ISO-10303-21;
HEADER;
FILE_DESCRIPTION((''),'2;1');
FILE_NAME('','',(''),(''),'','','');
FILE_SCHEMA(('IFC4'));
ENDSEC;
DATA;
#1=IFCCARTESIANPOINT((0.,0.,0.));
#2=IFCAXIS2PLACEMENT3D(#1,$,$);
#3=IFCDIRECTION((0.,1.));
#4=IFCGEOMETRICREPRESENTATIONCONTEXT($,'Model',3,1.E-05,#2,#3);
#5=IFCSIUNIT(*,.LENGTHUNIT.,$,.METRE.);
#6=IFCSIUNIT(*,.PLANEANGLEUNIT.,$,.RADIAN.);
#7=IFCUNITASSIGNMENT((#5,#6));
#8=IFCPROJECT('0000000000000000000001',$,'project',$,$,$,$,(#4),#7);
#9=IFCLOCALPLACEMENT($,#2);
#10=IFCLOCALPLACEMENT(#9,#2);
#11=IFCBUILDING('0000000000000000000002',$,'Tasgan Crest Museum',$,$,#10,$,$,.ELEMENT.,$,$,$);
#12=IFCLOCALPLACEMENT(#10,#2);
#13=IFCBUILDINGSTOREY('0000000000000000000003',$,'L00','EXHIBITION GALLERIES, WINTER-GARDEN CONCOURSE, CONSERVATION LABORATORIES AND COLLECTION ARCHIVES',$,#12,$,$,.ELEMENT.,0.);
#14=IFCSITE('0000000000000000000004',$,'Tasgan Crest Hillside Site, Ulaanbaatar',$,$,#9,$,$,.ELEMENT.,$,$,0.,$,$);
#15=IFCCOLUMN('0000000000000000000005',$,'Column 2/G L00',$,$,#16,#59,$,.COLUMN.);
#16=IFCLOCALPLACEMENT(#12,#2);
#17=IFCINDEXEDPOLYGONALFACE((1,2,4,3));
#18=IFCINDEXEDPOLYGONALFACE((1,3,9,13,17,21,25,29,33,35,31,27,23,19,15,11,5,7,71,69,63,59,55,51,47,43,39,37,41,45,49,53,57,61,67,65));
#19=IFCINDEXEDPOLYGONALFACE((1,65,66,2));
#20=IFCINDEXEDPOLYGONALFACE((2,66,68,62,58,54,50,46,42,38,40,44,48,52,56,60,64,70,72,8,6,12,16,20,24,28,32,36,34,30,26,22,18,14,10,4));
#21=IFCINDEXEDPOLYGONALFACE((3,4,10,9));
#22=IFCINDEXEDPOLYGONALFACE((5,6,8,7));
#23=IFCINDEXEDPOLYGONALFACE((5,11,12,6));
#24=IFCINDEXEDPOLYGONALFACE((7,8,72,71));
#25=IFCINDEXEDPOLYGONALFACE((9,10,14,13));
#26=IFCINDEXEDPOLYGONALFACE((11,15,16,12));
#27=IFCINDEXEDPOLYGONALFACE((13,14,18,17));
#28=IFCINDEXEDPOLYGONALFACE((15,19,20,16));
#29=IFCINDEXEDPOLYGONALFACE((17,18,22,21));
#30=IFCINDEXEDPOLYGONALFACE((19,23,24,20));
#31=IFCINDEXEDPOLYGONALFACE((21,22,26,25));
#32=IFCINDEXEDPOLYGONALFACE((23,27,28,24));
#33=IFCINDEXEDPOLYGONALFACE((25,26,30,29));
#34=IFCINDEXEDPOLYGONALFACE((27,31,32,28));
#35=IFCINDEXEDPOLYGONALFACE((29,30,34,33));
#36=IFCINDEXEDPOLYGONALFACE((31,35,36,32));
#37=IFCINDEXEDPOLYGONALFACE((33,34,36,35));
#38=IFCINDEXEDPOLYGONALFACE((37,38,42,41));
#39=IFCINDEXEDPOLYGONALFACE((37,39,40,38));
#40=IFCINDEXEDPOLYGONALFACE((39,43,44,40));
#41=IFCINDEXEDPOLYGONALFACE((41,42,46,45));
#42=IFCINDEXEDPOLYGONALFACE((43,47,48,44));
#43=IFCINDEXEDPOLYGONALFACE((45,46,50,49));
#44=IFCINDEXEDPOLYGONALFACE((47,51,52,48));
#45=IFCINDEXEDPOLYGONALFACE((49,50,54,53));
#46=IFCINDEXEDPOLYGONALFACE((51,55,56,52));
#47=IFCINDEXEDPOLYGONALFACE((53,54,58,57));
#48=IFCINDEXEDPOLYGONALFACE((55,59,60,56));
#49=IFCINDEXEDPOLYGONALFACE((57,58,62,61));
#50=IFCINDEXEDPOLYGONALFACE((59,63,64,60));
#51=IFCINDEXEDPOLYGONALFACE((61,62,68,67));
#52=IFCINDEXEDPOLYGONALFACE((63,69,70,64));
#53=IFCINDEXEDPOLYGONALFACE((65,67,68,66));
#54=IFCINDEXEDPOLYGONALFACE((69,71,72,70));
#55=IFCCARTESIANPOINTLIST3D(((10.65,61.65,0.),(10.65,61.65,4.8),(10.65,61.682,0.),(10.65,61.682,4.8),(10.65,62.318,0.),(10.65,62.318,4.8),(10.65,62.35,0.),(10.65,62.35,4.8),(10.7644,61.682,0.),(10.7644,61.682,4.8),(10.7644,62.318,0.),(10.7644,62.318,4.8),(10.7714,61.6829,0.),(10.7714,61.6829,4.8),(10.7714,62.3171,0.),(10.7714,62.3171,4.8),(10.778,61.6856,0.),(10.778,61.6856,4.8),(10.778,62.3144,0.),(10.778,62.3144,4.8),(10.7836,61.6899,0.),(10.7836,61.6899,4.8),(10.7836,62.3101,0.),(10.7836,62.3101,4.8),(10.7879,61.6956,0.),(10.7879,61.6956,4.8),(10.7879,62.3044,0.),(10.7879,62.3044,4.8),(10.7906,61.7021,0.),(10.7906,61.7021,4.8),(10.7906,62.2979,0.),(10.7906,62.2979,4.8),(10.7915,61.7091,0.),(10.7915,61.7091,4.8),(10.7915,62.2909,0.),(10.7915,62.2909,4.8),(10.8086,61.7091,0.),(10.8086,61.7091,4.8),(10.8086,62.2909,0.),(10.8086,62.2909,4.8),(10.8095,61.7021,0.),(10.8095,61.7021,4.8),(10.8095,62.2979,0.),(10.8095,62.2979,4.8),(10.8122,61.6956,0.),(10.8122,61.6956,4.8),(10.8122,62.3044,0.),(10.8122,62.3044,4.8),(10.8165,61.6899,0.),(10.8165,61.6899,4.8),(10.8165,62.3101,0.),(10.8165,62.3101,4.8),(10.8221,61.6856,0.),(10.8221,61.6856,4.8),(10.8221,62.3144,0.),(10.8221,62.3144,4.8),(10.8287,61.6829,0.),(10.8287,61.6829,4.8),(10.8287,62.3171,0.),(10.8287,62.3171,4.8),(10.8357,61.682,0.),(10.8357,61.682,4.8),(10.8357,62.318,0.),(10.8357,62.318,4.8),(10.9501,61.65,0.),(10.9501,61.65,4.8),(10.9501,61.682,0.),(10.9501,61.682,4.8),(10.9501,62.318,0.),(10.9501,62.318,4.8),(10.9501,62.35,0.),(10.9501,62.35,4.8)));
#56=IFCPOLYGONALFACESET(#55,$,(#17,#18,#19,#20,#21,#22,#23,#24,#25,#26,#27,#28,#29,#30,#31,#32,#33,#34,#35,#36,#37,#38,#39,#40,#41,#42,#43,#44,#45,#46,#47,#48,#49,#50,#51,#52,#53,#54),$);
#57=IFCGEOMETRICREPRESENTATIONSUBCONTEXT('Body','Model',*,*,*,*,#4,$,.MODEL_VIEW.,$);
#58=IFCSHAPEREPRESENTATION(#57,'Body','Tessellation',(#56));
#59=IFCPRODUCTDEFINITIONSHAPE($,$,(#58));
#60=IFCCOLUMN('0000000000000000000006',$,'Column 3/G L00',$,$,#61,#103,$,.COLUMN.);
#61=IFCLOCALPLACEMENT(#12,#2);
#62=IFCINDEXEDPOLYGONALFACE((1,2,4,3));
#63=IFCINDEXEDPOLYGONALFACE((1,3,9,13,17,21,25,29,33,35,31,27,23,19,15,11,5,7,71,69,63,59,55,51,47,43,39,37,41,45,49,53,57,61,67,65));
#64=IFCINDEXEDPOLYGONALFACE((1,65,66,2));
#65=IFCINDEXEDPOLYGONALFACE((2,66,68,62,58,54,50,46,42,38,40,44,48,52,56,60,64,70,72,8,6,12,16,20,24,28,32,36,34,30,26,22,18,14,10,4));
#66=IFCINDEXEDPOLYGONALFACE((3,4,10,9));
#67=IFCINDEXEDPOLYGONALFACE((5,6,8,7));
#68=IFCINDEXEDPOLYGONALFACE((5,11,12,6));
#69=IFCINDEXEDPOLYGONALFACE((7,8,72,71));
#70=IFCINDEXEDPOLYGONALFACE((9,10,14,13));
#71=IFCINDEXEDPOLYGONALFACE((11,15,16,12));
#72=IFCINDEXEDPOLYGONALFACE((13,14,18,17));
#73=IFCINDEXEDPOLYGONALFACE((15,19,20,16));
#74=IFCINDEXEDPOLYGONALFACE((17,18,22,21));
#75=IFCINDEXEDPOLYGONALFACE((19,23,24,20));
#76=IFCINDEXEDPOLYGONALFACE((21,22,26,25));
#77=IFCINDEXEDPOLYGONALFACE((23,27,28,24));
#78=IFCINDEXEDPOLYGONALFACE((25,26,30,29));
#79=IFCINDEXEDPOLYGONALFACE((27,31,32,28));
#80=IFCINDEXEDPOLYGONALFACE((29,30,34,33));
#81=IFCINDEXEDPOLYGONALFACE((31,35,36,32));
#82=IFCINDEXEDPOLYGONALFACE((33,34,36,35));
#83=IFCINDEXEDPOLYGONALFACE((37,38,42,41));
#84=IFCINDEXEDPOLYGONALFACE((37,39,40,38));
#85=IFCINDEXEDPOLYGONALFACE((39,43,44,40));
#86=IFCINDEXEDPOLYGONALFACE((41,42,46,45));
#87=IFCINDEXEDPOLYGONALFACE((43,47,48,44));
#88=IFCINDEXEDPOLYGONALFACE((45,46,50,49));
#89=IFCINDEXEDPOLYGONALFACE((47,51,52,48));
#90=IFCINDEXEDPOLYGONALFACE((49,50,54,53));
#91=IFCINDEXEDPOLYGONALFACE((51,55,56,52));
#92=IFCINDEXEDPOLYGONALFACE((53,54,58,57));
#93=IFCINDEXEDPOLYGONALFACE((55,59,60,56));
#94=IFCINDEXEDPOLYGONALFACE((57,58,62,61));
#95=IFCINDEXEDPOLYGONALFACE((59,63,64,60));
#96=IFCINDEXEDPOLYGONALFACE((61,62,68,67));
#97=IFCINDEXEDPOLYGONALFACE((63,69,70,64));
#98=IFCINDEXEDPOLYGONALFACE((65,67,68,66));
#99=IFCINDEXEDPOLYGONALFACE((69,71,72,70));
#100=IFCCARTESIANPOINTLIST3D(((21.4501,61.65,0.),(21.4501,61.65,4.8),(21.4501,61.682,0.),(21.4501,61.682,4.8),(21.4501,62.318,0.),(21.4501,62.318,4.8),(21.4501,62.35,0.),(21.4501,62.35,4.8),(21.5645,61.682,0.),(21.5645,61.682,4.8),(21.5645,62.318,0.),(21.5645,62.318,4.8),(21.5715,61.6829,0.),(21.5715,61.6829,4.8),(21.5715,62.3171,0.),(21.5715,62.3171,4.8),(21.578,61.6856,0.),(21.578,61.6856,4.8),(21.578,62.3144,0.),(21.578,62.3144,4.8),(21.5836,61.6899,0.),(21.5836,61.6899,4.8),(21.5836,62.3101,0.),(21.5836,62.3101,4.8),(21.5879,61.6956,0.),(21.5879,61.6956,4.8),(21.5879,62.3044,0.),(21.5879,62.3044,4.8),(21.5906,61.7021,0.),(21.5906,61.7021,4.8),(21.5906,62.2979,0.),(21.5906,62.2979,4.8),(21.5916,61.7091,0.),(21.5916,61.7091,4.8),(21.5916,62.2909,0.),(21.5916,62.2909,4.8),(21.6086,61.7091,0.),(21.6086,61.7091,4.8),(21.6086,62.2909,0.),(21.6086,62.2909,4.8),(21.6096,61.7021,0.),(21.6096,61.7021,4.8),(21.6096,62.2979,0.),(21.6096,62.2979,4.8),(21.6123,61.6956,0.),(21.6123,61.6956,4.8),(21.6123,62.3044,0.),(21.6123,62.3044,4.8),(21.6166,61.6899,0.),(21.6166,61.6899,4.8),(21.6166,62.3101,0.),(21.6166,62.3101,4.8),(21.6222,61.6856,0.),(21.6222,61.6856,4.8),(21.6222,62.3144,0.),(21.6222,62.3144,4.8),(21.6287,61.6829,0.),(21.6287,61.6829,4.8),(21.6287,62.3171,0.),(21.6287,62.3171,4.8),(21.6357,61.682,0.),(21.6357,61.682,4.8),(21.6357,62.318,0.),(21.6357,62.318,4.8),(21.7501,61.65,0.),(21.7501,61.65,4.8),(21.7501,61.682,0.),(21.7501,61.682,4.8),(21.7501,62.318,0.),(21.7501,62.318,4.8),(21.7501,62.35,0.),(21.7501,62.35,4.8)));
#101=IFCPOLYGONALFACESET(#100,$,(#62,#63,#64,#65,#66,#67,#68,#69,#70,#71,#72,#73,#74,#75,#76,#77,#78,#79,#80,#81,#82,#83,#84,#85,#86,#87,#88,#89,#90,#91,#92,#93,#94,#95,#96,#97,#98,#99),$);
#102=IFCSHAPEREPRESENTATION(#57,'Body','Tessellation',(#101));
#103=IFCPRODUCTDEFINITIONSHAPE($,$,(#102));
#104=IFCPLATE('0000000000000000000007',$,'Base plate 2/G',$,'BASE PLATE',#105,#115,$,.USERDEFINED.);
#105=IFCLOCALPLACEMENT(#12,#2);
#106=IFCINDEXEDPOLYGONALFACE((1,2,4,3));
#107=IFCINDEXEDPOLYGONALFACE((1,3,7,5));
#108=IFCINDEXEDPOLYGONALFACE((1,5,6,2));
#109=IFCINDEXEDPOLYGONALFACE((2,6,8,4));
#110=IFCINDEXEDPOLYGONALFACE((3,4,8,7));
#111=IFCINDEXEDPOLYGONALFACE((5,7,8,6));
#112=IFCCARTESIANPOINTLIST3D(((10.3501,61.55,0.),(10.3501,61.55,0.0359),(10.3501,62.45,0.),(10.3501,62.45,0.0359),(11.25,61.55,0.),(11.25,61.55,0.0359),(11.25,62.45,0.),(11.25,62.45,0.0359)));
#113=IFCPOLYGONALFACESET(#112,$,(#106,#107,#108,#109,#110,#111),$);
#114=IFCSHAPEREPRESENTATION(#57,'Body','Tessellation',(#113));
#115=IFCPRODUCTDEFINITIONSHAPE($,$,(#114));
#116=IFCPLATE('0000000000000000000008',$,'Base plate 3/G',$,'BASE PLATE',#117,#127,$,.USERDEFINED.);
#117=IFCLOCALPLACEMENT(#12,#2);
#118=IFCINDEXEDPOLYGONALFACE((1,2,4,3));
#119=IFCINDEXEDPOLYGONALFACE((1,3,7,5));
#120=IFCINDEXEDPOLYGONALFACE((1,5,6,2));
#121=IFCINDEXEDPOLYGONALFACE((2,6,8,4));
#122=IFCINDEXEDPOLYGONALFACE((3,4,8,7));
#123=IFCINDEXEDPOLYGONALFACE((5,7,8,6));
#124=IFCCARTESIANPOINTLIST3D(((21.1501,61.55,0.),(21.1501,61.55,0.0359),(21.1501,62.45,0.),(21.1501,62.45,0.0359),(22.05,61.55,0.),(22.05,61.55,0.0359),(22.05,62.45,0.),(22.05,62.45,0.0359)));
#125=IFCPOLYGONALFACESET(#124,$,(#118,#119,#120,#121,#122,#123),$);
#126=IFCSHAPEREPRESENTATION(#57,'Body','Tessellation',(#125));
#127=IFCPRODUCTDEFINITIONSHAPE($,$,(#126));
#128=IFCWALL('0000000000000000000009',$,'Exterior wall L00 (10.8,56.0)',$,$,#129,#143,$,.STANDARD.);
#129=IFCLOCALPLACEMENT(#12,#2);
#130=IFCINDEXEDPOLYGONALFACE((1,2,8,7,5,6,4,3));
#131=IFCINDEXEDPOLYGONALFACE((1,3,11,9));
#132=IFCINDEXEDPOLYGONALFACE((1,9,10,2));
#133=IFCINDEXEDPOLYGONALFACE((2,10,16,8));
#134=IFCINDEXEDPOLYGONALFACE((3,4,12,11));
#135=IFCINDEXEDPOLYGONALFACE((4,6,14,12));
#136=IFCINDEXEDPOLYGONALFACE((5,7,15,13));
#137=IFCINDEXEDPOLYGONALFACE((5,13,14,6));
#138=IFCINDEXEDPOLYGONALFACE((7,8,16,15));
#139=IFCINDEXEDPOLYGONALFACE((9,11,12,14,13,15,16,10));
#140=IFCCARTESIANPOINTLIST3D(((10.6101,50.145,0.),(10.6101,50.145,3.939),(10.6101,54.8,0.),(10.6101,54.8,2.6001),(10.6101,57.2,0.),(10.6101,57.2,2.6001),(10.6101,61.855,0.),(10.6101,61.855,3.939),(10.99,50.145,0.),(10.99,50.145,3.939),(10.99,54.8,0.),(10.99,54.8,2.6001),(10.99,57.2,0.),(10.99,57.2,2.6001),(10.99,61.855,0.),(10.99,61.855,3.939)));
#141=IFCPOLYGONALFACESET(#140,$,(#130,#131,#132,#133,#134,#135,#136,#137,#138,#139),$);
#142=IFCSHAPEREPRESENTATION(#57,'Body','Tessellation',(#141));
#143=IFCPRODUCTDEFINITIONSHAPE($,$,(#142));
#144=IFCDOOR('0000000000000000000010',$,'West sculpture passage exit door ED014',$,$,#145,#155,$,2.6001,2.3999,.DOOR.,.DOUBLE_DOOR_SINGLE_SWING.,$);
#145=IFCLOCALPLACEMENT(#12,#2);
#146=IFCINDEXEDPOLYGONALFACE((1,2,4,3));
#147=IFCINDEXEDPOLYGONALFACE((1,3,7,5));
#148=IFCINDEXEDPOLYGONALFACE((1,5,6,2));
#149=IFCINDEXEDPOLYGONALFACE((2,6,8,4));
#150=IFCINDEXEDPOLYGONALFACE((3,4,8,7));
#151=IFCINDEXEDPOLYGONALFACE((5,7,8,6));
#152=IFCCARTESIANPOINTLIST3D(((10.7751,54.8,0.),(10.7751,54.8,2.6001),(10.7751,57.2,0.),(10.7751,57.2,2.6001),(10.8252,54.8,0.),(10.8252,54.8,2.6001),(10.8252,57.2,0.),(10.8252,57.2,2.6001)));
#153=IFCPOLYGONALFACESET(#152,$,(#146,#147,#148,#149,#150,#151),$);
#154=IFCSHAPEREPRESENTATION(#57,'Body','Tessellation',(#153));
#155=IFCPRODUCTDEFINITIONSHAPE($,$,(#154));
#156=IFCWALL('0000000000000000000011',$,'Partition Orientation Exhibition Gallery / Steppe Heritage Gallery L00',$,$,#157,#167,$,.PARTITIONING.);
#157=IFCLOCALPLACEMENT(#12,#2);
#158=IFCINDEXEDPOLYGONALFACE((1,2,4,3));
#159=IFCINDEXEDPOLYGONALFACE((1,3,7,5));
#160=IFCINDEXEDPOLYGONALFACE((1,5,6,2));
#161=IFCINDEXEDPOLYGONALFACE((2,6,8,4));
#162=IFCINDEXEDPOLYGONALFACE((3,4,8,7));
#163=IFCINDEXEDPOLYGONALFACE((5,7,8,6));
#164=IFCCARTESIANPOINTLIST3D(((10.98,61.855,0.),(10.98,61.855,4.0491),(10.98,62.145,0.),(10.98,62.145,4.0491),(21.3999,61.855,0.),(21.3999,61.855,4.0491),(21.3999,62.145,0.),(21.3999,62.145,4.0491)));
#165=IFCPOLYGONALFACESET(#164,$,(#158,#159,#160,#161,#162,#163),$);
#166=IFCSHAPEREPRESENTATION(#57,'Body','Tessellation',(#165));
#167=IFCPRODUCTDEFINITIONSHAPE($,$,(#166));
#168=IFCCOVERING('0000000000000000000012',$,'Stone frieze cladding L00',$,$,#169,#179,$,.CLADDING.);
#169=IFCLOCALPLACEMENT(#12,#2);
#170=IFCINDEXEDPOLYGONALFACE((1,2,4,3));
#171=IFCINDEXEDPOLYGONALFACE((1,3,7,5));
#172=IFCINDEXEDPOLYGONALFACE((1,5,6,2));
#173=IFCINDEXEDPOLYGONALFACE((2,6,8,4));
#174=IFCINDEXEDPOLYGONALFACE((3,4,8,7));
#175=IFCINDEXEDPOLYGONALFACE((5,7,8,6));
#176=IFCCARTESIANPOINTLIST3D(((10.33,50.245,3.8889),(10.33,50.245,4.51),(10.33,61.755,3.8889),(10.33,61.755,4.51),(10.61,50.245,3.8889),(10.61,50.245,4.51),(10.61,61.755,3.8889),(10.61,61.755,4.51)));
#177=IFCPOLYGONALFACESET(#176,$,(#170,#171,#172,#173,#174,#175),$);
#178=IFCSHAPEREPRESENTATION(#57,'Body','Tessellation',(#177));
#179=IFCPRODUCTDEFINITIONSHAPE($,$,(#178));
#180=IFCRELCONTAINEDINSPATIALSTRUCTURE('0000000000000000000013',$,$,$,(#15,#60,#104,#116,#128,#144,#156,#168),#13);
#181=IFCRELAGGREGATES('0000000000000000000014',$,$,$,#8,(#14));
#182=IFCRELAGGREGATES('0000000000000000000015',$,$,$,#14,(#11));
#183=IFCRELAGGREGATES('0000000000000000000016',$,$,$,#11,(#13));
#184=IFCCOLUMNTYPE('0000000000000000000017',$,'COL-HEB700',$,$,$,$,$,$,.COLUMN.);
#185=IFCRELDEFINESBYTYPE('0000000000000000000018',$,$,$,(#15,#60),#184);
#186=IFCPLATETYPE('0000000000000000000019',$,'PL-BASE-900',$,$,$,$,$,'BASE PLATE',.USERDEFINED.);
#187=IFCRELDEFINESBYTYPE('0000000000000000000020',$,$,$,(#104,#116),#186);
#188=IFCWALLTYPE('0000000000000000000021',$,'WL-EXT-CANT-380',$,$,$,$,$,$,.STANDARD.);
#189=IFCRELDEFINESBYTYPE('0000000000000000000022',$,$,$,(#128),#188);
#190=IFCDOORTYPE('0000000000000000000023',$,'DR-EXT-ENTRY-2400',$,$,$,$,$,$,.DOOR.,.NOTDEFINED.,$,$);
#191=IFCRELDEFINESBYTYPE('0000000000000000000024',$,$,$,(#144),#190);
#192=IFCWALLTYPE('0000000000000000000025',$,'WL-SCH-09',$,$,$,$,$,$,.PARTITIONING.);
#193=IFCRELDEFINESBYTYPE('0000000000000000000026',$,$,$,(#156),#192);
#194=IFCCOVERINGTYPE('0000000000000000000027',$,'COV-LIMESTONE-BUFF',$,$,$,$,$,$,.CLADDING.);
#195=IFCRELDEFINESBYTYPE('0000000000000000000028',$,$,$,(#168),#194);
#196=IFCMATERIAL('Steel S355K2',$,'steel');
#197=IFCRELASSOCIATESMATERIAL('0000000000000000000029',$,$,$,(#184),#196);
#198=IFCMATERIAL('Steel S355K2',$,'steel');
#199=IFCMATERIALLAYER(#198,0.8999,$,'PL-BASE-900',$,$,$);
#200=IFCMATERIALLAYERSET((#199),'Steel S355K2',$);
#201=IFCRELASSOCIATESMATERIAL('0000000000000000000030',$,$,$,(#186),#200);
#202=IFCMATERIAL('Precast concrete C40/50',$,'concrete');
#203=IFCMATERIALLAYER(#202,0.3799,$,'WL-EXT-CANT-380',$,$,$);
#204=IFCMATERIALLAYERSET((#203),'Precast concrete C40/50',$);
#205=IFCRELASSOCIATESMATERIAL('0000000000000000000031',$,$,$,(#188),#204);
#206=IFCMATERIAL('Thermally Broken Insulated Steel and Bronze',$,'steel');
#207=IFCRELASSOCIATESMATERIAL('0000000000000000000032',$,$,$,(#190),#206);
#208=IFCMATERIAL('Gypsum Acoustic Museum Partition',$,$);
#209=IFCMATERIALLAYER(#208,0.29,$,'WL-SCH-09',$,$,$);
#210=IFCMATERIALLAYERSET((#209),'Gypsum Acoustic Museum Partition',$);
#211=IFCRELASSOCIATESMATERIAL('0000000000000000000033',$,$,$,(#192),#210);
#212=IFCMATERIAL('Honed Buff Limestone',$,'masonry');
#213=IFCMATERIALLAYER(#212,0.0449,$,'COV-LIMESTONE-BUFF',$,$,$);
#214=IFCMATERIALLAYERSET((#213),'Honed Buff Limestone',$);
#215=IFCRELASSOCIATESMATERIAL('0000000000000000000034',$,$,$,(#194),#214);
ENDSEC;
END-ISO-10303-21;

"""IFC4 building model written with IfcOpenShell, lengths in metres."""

from ifc_helpers import new_model, si_unit, direction, frame, frame_2d, origin, origin_2d, place, context, subcontext, project, spatial, rectangle, i_section, extrude, material, layer, layer_set, material_profile, profile_set, type_object, element, fill, save


model = new_model("IFC4")

# Units and contexts
model_context = context("Model", 3, precision=1e-05, world=origin(), true_north=direction((0.0, 1.0)))
body_context = subcontext(model_context, "Body", "Model", "MODEL_VIEW")
ifc_project = project(units=[si_unit("LENGTHUNIT", "METRE"), si_unit("PLANEANGLEUNIT", "RADIAN")], contexts=[model_context])

# Site, building, storey
site_placement = place(None, origin())
site = spatial("IfcSite", under=ifc_project, at=site_placement, Name="Tasgan Crest Hillside Site, Ulaanbaatar", CompositionType="ELEMENT", RefElevation=0.0)
building_placement = place(site_placement, origin())
building = spatial("IfcBuilding", under=site, at=building_placement, Name="Tasgan Crest Museum", CompositionType="ELEMENT")
storey_placement = place(building_placement, origin())
storey = spatial("IfcBuildingStorey", under=building, at=storey_placement, Name="L00", Description="EXHIBITION GALLERIES, WINTER-GARDEN CONCOURSE, CONSERVATION LABORATORIES AND COLLECTION ARCHIVES", CompositionType="ELEMENT", Elevation=0.0)

# Columns
ifc_material_1 = material(Name="Steel S355K2", Category="steel")
ifc_material_profile_1 = material_profile(ifc_material_1, i_section(OverallWidth=0.3, OverallDepth=0.7, WebThickness=0.0171, FlangeThickness=0.032, FilletRadius=0.0271, at=origin_2d()), Name="HEB 700")
ifc_profile_set_1 = profile_set([ifc_material_profile_1], Name="Steel S355K2")
column_type = type_object("IfcColumnType", Name="COL-HEB700", PredefinedType="COLUMN", material=ifc_profile_set_1)
for number, where, z_axis, x_axis, name in (
    (1, (10.8, 62.0, 0.0), (0.0, 0.0, 1.0), (1.0, 0.0, 0.0), "Column 2/G L00"),
    (2, (21.6001, 62.0, 0.0), (0.0, 0.0, 1.0), (1.0, 0.0, 0.0), "Column 3/G L00"),
):
    element("IfcColumn", number, at=place(storey_placement, frame(where, z_axis=z_axis, x_axis=x_axis)), inside=storey, type_object=column_type, Name=name, PredefinedType="COLUMN", context=body_context, shape_type="SweptSolid", body=[
        extrude(i_section(OverallWidth=0.3, OverallDepth=0.7, WebThickness=0.0171, FlangeThickness=0.032, FilletRadius=0.0271, at=origin_2d()), origin(), (0.0, 0.0, 1.0), 4.8),
    ])

# Plates
ifc_material_2 = material(Name="Steel S355K2", Category="steel")
ifc_layer_1 = layer(ifc_material_2, 0.8999, Name="PL-BASE-900")
ifc_layer_set_1 = layer_set([ifc_layer_1], Name="Steel S355K2")
plate_type = type_object("IfcPlateType", Name="PL-BASE-900", ElementType="BASE PLATE", PredefinedType="USERDEFINED", material=ifc_layer_set_1)
for number, where, z_axis, x_axis, name in (
    (3, (10.8, 62.0, 0.0), (0.0, 0.0, 1.0), (1.0, 0.0, 0.0), "Base plate 2/G"),
    (4, (21.6001, 62.0, 0.0), (0.0, 0.0, 1.0), (1.0, 0.0, 0.0), "Base plate 3/G"),
):
    element("IfcPlate", number, at=place(storey_placement, frame(where, z_axis=z_axis, x_axis=x_axis)), inside=storey, type_object=plate_type, Name=name, ObjectType="BASE PLATE", PredefinedType="USERDEFINED", context=body_context, shape_type="SweptSolid", body=[
        extrude(rectangle(XDim=0.8999, YDim=0.8999, at=origin_2d()), origin(), (0.0, 0.0, 1.0), 0.0359),
    ])

# Wall, opening, door
ifc_material_3 = material(Name="Precast concrete C40/50", Category="concrete")
ifc_layer_2 = layer(ifc_material_3, 0.3799, Name="WL-EXT-CANT-380")
ifc_layer_set_2 = layer_set([ifc_layer_2], Name="Precast concrete C40/50")
wall_type_1 = type_object("IfcWallType", Name="WL-EXT-CANT-380", PredefinedType="STANDARD", material=ifc_layer_set_2)
wall_1_placement = place(storey_placement, frame((10.8, 61.855, 0.0), z_axis=(0.0, 0.0, 1.0), x_axis=(0.0, -1.0, 0.0)))
wall_1 = element("IfcWall", 5, at=wall_1_placement, inside=storey, type_object=wall_type_1, Name="Exterior wall L00 (10.8,56.0)", PredefinedType="STANDARD", context=body_context, shape_type="SweptSolid", body=[
    extrude(rectangle(XDim=11.71, YDim=0.3799, at=frame_2d((5.855, 0.0))), origin(), (0.0, 0.0, 1.0), 3.939),
])
opening_placement = place(wall_1_placement, frame((4.655, 0.0, 0.0)))
opening = element("IfcOpeningElement", 6, at=opening_placement, cuts=wall_1, PredefinedType="OPENING", context=body_context, shape_type="SweptSolid", body=[
    extrude(rectangle(XDim=2.3999, YDim=2.6001, at=frame_2d((1.2, 1.3))), frame((0.0, 0.2, 0.0), z_axis=(0.0, -1.0, 0.0), x_axis=(1.0, 0.0, 0.0)), (0.0, 0.0, 1.0), 0.3999),
])
ifc_material_4 = material(Name="Thermally Broken Insulated Steel and Bronze", Category="steel")
door_type = type_object("IfcDoorType", Name="DR-EXT-ENTRY-2400", OperationType="NOTDEFINED", PredefinedType="DOOR", material=ifc_material_4)
door_placement = place(opening_placement, frame((2.3999, 0.0, 0.0), z_axis=(0.0, 0.0, 1.0), x_axis=(-1.0, 0.0, 0.0)))
door = element("IfcDoor", 7, at=door_placement, inside=storey, type_object=door_type, Name="West sculpture passage exit door ED014", OperationType="DOUBLE_DOOR_SINGLE_SWING", OverallHeight=2.6001, OverallWidth=2.3999, PredefinedType="DOOR", context=body_context, shape_type="SweptSolid", body=[
    extrude(rectangle(XDim=2.3999, YDim=2.6001, at=frame_2d((1.2, 1.3))), frame((0.0, 0.0249, 0.0), z_axis=(0.0, -1.0, 0.0), x_axis=(1.0, 0.0, 0.0)), (0.0, 0.0, 1.0), 0.05),
])
fill(opening, door)

# Wall
ifc_material_5 = material(Name="Gypsum Acoustic Museum Partition")
ifc_layer_3 = layer(ifc_material_5, 0.29, Name="WL-SCH-09")
ifc_layer_set_3 = layer_set([ifc_layer_3], Name="Gypsum Acoustic Museum Partition")
wall_type_2 = type_object("IfcWallType", Name="WL-SCH-09", PredefinedType="PARTITIONING", material=ifc_layer_set_3)
wall_2_placement = place(storey_placement, frame((10.98, 62.0, 0.0), z_axis=(0.0, 0.0, 1.0), x_axis=(1.0, 0.0, 0.0)))
element("IfcWall", 8, at=wall_2_placement, inside=storey, type_object=wall_type_2, Name="Partition Orientation Exhibition Gallery / Steppe Heritage Gallery L00", PredefinedType="PARTITIONING", context=body_context, shape_type="SweptSolid", body=[
    extrude(rectangle(XDim=10.4199, YDim=0.29, at=frame_2d((5.21, 0.0))), origin(), (0.0, 0.0, 1.0), 4.0491),
])

# Covering
ifc_material_6 = material(Name="Honed Buff Limestone", Category="masonry")
ifc_layer_4 = layer(ifc_material_6, 0.0449, Name="COV-LIMESTONE-BUFF")
ifc_layer_set_4 = layer_set([ifc_layer_4], Name="Honed Buff Limestone")
covering_type = type_object("IfcCoveringType", Name="COV-LIMESTONE-BUFF", PredefinedType="CLADDING", material=ifc_layer_set_4)
covering_placement = place(storey_placement, frame((10.47, 56.0, 3.8889), z_axis=(0.0, 0.0, 1.0), x_axis=(0.0, -1.0, 0.0)))
element("IfcCovering", 9, at=covering_placement, inside=storey, type_object=covering_type, Name="Stone frieze cladding L00", PredefinedType="CLADDING", context=body_context, shape_type="SweptSolid", body=[
    extrude(rectangle(XDim=11.51, YDim=0.28, at=origin_2d()), origin(), (0.0, 0.0, 1.0), 0.6211),
])

save(model, "model.ifc")
